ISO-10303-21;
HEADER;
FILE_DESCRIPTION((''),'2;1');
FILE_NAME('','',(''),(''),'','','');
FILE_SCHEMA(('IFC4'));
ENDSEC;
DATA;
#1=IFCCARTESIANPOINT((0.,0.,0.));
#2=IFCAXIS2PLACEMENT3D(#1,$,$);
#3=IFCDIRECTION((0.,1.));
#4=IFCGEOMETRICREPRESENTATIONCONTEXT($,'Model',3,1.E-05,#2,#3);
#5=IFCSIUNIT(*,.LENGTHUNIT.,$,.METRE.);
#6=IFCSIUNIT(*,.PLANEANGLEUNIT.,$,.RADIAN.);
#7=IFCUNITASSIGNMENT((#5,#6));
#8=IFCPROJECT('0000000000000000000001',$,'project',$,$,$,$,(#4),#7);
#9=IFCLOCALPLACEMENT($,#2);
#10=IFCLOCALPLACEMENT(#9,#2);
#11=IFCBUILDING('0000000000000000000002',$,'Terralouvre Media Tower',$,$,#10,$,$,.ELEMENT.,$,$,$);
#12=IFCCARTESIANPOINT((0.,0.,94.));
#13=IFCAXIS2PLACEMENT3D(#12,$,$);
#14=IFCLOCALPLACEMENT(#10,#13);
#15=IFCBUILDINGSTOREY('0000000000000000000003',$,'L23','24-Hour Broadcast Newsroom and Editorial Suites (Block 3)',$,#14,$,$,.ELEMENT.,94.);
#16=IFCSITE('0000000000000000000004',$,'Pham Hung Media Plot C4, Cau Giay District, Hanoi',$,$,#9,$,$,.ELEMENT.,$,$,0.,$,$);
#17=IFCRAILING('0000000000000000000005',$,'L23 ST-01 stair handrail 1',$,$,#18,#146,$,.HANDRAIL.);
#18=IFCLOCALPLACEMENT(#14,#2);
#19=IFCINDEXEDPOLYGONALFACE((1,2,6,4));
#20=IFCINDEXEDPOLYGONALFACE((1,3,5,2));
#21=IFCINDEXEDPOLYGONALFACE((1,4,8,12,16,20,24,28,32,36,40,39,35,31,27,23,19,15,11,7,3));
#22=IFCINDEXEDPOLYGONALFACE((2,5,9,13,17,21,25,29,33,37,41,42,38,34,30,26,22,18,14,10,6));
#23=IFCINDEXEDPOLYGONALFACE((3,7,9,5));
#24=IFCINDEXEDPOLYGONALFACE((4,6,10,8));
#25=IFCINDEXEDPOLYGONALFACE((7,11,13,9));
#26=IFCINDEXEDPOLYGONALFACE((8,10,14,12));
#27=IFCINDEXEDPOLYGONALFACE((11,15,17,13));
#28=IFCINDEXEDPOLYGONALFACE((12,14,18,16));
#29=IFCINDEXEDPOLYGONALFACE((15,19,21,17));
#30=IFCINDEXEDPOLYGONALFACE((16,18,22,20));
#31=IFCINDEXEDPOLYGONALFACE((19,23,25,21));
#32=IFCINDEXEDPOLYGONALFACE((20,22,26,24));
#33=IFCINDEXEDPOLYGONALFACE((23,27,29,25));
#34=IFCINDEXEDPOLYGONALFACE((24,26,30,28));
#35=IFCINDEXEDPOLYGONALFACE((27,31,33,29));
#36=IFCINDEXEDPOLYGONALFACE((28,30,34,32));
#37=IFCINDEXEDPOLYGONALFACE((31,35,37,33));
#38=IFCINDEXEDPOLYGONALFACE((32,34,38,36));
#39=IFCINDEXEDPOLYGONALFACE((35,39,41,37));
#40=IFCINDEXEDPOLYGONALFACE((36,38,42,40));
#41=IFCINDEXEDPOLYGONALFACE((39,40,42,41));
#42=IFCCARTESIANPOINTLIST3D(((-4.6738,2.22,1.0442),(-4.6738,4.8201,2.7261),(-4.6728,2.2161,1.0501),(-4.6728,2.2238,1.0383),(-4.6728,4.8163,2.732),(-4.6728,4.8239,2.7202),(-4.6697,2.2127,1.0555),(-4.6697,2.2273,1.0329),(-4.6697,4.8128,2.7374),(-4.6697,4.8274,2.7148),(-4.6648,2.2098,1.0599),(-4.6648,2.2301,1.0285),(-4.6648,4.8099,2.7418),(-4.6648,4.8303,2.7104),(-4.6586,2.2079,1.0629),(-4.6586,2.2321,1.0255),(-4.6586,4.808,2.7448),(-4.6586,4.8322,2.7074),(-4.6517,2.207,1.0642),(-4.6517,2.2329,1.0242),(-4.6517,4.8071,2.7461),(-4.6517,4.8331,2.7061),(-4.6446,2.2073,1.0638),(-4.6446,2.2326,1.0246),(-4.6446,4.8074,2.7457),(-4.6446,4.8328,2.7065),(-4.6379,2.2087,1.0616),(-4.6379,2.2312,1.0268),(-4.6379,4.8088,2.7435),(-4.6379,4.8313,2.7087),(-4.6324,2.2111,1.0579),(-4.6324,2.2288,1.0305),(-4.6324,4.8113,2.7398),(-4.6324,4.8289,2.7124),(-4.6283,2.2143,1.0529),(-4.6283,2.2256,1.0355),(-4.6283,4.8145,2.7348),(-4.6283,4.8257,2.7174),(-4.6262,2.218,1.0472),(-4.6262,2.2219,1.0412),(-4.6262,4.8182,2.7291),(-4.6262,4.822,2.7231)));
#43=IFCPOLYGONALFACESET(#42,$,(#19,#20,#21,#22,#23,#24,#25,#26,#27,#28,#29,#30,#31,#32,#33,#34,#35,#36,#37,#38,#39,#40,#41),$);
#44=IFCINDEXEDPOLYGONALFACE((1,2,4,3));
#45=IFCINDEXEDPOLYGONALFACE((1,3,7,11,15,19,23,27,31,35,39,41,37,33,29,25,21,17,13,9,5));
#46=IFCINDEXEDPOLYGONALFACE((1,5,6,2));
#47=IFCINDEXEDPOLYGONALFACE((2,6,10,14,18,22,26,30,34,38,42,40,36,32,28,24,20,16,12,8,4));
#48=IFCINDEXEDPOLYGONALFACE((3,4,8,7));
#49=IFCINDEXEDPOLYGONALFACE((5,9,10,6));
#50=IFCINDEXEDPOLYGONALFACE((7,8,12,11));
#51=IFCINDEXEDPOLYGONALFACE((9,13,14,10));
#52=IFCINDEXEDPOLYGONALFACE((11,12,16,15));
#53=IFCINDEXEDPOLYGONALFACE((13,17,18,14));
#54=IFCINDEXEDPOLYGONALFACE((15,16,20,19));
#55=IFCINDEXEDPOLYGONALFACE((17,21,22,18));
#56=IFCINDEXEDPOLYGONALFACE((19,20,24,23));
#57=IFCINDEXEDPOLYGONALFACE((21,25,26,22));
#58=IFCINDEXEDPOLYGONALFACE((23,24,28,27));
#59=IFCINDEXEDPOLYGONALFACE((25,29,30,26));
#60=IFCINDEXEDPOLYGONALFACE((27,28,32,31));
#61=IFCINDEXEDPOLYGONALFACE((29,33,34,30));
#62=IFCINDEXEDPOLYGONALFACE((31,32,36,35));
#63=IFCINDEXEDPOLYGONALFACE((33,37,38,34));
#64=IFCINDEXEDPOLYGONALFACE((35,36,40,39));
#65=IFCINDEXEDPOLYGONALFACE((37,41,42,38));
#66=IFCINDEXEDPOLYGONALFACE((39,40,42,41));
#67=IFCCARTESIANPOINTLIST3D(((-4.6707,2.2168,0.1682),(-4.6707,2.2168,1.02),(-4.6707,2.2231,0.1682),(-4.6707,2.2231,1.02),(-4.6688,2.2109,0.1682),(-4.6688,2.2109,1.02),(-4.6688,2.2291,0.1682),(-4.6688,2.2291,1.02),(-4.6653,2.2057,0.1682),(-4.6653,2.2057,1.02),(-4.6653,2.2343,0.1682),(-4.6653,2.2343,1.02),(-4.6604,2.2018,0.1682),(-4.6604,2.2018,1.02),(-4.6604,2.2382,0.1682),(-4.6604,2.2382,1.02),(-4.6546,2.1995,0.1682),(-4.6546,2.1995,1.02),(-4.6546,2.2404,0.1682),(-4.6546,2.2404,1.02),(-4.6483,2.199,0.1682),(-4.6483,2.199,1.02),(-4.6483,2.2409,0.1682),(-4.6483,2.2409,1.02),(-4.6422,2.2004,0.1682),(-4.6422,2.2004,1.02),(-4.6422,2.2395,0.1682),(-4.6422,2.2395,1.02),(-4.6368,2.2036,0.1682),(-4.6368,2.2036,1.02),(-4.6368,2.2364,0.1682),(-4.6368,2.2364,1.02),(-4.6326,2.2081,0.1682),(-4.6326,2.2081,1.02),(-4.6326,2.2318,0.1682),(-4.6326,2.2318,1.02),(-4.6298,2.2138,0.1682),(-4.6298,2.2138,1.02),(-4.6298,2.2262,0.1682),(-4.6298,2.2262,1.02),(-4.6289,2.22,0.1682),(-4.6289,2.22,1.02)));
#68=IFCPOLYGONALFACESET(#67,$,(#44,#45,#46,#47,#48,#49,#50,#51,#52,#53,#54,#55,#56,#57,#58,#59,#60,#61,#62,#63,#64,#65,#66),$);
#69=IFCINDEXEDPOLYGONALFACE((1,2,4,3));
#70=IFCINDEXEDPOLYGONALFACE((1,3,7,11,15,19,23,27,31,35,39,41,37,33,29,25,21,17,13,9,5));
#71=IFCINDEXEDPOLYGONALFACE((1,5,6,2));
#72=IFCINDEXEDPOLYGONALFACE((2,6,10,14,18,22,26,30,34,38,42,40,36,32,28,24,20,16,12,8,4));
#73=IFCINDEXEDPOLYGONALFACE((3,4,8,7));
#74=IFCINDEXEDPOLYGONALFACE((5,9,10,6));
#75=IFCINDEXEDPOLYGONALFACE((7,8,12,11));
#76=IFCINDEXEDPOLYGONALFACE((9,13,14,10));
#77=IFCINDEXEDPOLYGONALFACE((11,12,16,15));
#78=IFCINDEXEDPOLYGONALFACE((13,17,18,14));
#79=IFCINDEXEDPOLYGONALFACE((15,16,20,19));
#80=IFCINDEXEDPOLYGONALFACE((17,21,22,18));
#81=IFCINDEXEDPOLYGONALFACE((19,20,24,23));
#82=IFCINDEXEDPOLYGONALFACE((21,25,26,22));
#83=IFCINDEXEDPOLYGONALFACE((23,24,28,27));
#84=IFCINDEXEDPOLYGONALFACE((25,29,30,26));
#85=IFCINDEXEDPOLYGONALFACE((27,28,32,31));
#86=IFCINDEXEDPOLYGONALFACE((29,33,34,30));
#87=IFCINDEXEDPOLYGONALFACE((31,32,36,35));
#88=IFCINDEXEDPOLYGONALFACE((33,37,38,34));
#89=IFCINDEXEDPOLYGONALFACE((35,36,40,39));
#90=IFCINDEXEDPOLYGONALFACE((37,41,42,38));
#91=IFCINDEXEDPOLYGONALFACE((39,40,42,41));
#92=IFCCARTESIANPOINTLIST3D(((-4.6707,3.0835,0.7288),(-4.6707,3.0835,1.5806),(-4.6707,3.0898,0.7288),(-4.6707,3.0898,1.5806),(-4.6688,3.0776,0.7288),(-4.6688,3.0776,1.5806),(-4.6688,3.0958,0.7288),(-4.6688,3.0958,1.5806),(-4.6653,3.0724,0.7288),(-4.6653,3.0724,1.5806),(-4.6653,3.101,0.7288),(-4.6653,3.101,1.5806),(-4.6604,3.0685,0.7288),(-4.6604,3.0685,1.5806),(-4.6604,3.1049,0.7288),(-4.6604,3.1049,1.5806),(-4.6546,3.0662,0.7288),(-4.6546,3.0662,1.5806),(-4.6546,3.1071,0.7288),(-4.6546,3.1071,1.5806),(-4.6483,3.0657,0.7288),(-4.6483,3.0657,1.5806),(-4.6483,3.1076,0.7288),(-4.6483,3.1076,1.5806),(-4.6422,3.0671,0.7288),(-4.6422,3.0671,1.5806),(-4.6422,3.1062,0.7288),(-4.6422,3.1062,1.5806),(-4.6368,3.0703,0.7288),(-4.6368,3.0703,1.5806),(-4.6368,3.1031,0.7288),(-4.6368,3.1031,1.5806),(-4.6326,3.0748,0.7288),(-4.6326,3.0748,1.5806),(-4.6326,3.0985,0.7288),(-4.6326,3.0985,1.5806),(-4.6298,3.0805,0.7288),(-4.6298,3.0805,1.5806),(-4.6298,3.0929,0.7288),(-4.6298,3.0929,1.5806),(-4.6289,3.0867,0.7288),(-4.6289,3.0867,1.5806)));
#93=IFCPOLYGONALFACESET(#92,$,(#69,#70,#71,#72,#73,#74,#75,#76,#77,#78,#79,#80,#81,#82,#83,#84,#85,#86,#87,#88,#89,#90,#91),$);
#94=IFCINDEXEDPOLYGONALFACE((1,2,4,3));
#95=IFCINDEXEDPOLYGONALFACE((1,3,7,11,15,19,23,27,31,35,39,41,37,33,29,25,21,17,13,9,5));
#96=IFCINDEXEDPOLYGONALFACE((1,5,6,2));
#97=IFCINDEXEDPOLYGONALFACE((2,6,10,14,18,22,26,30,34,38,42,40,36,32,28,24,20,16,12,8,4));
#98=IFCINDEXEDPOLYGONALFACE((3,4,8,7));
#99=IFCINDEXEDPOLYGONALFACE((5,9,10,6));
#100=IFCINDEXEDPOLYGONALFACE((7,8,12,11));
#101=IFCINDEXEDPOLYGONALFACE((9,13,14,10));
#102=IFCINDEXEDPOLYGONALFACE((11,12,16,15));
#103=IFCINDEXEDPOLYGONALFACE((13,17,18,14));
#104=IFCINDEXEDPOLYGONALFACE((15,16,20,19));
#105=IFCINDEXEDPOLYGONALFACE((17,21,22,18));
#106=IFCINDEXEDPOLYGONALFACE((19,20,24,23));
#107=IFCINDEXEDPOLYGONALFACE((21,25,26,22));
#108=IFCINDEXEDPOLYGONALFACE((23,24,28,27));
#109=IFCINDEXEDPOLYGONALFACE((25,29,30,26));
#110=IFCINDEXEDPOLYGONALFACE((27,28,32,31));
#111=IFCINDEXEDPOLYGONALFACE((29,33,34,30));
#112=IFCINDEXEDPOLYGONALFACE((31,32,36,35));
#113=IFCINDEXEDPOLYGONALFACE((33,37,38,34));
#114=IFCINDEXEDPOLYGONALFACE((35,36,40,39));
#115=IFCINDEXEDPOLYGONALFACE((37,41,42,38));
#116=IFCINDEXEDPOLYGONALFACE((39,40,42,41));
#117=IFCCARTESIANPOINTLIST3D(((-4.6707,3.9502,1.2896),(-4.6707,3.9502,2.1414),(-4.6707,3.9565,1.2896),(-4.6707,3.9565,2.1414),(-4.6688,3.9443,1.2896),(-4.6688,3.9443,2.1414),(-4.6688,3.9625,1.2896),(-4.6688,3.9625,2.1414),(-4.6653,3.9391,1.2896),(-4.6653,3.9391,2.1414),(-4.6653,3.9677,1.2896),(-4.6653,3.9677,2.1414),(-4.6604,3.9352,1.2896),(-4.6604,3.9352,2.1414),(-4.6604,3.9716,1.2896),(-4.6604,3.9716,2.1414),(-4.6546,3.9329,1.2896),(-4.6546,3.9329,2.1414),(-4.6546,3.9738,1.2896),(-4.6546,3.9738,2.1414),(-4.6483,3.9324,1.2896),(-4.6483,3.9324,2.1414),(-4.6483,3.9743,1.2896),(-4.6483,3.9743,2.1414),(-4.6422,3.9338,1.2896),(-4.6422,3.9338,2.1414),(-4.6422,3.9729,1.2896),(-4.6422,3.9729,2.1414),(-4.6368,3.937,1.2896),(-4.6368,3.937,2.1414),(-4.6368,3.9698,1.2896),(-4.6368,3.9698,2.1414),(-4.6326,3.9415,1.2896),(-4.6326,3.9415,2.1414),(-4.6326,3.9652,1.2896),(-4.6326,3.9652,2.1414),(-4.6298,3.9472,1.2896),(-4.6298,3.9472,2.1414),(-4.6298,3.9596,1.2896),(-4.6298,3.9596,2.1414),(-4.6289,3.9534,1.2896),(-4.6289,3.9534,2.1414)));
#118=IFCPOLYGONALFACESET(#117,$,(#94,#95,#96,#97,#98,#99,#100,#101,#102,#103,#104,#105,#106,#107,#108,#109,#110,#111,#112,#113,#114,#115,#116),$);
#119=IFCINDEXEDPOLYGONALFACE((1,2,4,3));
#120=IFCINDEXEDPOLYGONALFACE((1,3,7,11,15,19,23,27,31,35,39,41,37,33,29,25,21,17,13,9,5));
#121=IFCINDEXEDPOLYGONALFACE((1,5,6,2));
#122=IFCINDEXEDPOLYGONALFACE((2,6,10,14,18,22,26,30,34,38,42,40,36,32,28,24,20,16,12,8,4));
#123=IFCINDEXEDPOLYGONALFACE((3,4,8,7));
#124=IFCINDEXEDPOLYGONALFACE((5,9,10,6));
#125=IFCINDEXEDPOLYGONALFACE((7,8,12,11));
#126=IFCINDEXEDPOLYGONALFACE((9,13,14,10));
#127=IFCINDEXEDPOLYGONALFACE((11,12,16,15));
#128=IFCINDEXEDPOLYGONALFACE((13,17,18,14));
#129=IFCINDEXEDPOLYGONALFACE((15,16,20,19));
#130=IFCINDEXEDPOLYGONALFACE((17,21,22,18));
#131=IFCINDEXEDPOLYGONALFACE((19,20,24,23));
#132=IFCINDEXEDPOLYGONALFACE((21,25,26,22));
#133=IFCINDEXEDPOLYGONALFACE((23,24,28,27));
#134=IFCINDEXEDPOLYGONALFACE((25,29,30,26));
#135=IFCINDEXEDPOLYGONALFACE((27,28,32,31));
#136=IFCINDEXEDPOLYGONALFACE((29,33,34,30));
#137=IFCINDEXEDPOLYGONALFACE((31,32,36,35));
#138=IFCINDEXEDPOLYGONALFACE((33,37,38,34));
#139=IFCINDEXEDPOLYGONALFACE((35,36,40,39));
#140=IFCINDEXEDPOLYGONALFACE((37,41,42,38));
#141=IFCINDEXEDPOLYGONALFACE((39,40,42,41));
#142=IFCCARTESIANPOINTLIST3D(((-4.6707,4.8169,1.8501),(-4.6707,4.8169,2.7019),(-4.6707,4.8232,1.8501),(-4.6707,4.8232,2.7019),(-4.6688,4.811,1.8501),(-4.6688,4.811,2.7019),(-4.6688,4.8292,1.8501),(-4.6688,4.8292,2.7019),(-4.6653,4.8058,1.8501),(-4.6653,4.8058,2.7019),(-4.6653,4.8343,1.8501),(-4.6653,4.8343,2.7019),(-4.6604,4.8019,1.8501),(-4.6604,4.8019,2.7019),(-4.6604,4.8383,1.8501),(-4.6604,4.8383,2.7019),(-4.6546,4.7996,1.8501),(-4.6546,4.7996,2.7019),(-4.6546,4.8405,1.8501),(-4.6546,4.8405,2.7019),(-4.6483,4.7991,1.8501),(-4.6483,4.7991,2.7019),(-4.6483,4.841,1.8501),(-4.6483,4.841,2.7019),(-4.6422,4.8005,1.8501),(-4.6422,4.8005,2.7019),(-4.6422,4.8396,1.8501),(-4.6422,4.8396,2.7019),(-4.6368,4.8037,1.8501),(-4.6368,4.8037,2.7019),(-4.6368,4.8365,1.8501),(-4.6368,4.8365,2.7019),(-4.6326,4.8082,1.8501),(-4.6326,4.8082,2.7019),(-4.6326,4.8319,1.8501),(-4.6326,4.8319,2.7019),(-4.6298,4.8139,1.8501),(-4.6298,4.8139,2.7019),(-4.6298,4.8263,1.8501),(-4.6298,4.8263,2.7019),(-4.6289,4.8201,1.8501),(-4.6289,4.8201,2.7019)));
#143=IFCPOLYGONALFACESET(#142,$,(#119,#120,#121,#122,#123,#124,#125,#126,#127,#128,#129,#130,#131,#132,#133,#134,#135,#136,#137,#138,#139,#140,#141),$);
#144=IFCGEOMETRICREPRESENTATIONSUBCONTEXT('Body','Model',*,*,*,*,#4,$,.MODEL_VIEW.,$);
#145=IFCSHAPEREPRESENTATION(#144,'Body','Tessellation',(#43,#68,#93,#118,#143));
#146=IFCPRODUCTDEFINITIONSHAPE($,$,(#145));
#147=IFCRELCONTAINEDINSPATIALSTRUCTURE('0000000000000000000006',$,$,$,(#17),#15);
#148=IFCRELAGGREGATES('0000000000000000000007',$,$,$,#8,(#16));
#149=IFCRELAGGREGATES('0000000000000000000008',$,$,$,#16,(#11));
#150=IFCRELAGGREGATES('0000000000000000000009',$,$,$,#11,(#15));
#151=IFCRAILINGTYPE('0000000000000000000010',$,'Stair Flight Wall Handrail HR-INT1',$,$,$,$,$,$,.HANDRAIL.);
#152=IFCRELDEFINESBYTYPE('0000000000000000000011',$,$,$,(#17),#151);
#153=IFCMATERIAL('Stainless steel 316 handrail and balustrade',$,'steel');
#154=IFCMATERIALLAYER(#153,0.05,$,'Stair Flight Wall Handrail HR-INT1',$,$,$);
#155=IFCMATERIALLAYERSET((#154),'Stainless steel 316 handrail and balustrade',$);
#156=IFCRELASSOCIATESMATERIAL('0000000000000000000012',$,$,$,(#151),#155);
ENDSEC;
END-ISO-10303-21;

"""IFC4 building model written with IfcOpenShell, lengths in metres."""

from ifc_helpers import new_model, si_unit, direction, frame, origin, origin_2d, place, context, subcontext, project, spatial, circle, extrude, material, layer, layer_set, type_object, element, save


model = new_model("IFC4")

# Units and contexts
model_context = context("Model", 3, precision=1e-05, world=origin(), true_north=direction((0.0, 1.0)))
body_context = subcontext(model_context, "Body", "Model", "MODEL_VIEW")
ifc_project = project(units=[si_unit("LENGTHUNIT", "METRE"), si_unit("PLANEANGLEUNIT", "RADIAN")], contexts=[model_context])

# Site, building, storey
site_placement = place(None, origin())
site = spatial("IfcSite", under=ifc_project, at=site_placement, Name="Pham Hung Media Plot C4, Cau Giay District, Hanoi", CompositionType="ELEMENT", RefElevation=0.0)
building_placement = place(site_placement, origin())
building = spatial("IfcBuilding", under=site, at=building_placement, Name="Terralouvre Media Tower", CompositionType="ELEMENT")
storey_placement = place(building_placement, frame((0.0, 0.0, 94.0)))
storey = spatial("IfcBuildingStorey", under=building, at=storey_placement, Name="L23", Description="24-Hour Broadcast Newsroom and Editorial Suites (Block 3)", CompositionType="ELEMENT", Elevation=94.0)

# Railing
ifc_material_1 = material(Name="Stainless steel 316 handrail and balustrade", Category="steel")
ifc_layer_1 = layer(ifc_material_1, 0.05, Name="Stair Flight Wall Handrail HR-INT1")
ifc_layer_set_1 = layer_set([ifc_layer_1], Name="Stainless steel 316 handrail and balustrade")
railing_type_1 = type_object("IfcRailingType", Name="Stair Flight Wall Handrail HR-INT1", PredefinedType="HANDRAIL", material=ifc_layer_set_1)
railing_1_placement = place(storey_placement, frame((-4.6499, 2.22, 0.1682)))
element("IfcRailing", 1, at=railing_1_placement, inside=storey, type_object=railing_type_1, Name="L23 ST-01 stair handrail 1", PredefinedType="HANDRAIL", context=body_context, shape_type="SweptSolid", body=[
    extrude(circle(Radius=0.0239, at=origin_2d()), frame((0.0, 0.0, 0.876), z_axis=(0.0, 0.839648, 0.54313), x_axis=(-1.0, 0.0, 0.0)), (0.0, 0.0, 1.0), 3.0967),
    extrude(circle(Radius=0.021, at=origin_2d()), origin(), (0.0, 0.0, 1.0), 0.8518),
    extrude(circle(Radius=0.021, at=origin_2d()), frame((0.0, 0.8667, 0.5605)), (0.0, 0.0, 1.0), 0.8518),
    extrude(circle(Radius=0.021, at=origin_2d()), frame((0.0, 1.7334, 1.1213)), (0.0, 0.0, 1.0), 0.8518),
    extrude(circle(Radius=0.021, at=origin_2d()), frame((0.0, 2.6001, 1.6819)), (0.0, 0.0, 1.0), 0.8518),
])

save(model, "model.ifc")
